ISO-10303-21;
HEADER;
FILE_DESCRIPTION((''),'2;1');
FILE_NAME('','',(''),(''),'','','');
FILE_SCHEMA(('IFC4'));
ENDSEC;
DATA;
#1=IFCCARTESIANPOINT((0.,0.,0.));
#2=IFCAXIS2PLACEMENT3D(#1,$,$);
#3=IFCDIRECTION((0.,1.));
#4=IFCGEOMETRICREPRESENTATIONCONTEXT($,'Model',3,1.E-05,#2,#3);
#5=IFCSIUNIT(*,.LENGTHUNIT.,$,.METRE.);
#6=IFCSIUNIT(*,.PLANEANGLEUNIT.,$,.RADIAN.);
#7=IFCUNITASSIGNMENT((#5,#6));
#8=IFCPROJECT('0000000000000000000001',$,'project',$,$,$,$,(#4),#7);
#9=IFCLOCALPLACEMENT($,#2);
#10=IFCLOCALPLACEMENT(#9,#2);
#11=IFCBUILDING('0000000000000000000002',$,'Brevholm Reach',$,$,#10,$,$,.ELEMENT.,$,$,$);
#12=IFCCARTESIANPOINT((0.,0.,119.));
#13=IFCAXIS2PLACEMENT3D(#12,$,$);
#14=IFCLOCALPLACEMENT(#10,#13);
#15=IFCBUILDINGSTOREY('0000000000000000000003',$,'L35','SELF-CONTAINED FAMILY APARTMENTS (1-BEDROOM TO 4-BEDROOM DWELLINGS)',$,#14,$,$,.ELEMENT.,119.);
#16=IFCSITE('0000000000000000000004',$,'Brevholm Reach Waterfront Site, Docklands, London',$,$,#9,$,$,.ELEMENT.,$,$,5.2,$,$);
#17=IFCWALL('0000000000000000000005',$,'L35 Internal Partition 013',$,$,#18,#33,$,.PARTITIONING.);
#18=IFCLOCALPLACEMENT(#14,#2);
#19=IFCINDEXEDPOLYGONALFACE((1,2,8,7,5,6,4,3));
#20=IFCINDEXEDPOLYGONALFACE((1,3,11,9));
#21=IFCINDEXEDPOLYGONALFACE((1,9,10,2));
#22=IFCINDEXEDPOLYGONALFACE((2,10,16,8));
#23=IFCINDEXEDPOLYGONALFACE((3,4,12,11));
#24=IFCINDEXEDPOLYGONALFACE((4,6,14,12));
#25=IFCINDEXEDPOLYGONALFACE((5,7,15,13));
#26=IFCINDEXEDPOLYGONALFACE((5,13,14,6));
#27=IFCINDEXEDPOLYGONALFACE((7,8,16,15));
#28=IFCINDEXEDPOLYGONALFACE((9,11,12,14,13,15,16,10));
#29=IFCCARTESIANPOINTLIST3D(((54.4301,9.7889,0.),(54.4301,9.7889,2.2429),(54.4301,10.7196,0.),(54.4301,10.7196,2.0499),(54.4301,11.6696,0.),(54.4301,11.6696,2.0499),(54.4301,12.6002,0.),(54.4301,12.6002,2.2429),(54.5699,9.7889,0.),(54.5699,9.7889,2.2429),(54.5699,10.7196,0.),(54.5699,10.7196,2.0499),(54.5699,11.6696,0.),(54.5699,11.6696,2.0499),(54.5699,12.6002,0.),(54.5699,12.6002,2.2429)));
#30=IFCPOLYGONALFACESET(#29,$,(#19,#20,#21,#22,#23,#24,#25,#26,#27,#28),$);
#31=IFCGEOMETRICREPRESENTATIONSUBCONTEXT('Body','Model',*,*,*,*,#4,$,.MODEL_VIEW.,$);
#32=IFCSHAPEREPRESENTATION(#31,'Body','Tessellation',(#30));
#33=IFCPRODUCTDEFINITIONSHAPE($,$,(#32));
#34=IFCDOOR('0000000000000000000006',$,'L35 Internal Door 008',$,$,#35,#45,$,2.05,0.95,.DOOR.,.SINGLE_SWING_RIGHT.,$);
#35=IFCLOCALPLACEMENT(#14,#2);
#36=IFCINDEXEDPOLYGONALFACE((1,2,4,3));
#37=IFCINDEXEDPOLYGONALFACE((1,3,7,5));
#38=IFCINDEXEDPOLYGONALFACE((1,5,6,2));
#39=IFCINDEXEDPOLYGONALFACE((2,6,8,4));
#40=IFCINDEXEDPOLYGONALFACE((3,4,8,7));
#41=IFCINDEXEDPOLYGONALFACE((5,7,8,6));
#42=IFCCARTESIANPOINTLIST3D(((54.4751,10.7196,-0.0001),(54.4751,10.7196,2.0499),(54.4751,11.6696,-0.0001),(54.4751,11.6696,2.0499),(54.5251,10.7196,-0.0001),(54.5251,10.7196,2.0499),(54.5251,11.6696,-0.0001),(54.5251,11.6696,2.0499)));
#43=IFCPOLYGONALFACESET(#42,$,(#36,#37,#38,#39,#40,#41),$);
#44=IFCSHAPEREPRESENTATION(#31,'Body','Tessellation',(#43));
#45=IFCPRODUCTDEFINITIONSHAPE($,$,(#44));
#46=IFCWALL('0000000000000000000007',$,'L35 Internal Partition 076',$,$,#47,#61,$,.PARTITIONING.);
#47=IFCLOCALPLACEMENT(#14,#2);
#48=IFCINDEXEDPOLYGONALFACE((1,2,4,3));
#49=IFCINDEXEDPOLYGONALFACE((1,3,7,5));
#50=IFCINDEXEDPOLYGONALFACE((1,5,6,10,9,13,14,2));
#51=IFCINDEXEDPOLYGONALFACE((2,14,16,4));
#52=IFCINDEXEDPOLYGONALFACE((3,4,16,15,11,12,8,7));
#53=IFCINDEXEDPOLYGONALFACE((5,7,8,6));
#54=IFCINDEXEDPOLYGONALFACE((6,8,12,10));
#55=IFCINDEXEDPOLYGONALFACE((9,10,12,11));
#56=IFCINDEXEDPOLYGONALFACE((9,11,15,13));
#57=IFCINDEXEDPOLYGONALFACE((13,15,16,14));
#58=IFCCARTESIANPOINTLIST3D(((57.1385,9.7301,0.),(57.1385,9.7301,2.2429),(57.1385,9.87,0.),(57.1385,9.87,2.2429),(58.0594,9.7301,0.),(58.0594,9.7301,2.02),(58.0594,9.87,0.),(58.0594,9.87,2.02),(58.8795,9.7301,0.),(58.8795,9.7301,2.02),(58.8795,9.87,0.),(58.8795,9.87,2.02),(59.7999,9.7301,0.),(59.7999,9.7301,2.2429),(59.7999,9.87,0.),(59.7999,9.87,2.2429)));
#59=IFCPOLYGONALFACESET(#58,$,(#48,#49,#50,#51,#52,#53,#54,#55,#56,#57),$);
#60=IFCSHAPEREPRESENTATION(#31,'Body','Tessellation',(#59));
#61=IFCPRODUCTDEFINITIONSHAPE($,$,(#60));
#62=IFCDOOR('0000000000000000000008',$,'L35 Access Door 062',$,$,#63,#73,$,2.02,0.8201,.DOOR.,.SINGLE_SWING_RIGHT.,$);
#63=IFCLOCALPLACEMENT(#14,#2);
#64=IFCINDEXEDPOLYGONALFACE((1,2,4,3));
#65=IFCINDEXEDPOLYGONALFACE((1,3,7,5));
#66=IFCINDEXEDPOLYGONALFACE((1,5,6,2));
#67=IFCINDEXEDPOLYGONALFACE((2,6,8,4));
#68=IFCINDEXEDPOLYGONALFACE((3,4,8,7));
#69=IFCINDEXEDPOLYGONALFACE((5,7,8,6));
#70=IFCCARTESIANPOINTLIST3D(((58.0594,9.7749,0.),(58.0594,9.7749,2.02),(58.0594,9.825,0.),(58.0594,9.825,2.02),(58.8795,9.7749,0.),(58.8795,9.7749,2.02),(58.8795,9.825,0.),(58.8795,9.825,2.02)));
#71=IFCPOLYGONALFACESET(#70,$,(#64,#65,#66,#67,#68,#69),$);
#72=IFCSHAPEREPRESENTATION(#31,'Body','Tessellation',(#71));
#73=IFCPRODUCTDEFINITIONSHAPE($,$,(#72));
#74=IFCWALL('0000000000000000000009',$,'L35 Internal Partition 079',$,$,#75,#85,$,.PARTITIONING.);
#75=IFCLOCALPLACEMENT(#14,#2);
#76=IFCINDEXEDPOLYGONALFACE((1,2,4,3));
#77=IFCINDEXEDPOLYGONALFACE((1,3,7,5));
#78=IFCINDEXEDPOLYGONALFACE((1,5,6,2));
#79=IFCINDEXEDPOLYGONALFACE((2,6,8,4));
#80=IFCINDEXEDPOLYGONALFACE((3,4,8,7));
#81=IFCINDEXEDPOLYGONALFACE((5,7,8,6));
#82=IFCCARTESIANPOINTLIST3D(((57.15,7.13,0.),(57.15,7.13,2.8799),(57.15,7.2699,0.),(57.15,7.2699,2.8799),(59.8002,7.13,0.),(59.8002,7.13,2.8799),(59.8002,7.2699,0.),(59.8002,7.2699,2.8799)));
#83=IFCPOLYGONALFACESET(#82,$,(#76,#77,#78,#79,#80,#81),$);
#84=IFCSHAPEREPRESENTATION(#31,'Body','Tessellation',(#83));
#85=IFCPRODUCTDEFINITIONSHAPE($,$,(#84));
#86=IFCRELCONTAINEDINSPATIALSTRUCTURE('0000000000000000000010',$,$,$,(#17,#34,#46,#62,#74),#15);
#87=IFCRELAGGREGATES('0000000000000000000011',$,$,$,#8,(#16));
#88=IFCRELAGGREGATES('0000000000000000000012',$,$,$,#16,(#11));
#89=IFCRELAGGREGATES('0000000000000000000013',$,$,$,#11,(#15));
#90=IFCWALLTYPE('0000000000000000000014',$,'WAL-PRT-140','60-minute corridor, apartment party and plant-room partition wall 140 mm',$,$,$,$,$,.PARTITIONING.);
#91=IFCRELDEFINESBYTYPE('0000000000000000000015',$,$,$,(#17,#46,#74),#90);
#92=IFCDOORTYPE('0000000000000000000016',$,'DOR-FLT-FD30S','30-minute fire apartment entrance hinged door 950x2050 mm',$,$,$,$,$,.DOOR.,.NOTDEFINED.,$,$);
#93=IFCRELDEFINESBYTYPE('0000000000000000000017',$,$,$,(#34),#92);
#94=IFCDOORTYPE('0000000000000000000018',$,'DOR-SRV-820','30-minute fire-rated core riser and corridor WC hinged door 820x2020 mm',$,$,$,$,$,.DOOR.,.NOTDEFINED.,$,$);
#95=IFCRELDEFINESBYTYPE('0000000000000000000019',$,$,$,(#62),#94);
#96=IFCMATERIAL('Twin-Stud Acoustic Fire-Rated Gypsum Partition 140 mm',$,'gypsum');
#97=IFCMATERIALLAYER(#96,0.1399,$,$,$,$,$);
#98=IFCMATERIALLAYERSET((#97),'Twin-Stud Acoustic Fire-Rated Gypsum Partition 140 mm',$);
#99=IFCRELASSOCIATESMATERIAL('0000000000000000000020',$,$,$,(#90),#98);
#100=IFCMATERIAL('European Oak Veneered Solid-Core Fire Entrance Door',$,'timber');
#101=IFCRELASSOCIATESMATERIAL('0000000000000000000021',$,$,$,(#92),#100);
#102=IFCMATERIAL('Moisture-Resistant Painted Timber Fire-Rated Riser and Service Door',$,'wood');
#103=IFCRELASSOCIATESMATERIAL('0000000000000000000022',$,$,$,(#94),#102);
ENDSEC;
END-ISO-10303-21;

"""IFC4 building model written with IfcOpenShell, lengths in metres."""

from ifc_helpers import new_model, si_unit, direction, frame, frame_2d, origin, place, context, subcontext, project, spatial, rectangle, extrude, material, layer, layer_set, type_object, element, fill, save


model = new_model("IFC4")

# Units and contexts
model_context = context("Model", 3, precision=1e-05, world=origin(), true_north=direction((0.0, 1.0)))
body_context = subcontext(model_context, "Body", "Model", "MODEL_VIEW")
ifc_project = project(units=[si_unit("LENGTHUNIT", "METRE"), si_unit("PLANEANGLEUNIT", "RADIAN")], contexts=[model_context])

# Site, building, storey
site_placement = place(None, origin())
site = spatial("IfcSite", under=ifc_project, at=site_placement, Name="Brevholm Reach Waterfront Site, Docklands, London", CompositionType="ELEMENT", RefElevation=5.2)
building_placement = place(site_placement, origin())
building = spatial("IfcBuilding", under=site, at=building_placement, Name="Brevholm Reach", CompositionType="ELEMENT")
storey_placement = place(building_placement, frame((0.0, 0.0, 119.0)))
storey = spatial("IfcBuildingStorey", under=building, at=storey_placement, Name="L35", Description="SELF-CONTAINED FAMILY APARTMENTS (1-BEDROOM TO 4-BEDROOM DWELLINGS)", CompositionType="ELEMENT", Elevation=119.0)

# Walls, openings, doors
ifc_material_1 = material(Name="Twin-Stud Acoustic Fire-Rated Gypsum Partition 140 mm", Category="gypsum")
ifc_layer_1 = layer(ifc_material_1, 0.1399)
ifc_layer_set_1 = layer_set([ifc_layer_1], Name="Twin-Stud Acoustic Fire-Rated Gypsum Partition 140 mm")
wall_type_1 = type_object("IfcWallType", Name="WAL-PRT-140", Description="60-minute corridor, apartment party and plant-room partition wall 140 mm", PredefinedType="PARTITIONING", material=ifc_layer_set_1)
wall_1_placement = place(storey_placement, frame((54.5, 9.7888, 0.0), z_axis=(0.0, 0.0, 1.0), x_axis=(0.0, 1.0, 0.0)))
wall_1 = element("IfcWall", 1, at=wall_1_placement, inside=storey, type_object=wall_type_1, Name="L35 Internal Partition 013", PredefinedType="PARTITIONING", context=body_context, shape_type="SweptSolid", body=[
    extrude(rectangle(XDim=2.8113, YDim=0.1399, at=frame_2d((1.4058, 0.0))), origin(), (0.0, 0.0, 1.0), 2.2429),
])
opening_1_placement = place(wall_1_placement, frame((0.9307, 0.0, 0.0)))
opening_1 = element("IfcOpeningElement", 2, at=opening_1_placement, cuts=wall_1, PredefinedType="OPENING", context=body_context, shape_type="SweptSolid", body=[
    extrude(rectangle(XDim=0.95, YDim=2.05, at=frame_2d((0.4751, 1.0249))), frame((0.0, 0.0798, 0.0), z_axis=(0.0, -1.0, 0.0), x_axis=(1.0, 0.0, 0.0)), (0.0, 0.0, 1.0), 0.1599),
])
ifc_material_2 = material(Name="European Oak Veneered Solid-Core Fire Entrance Door", Category="timber")
door_type_1 = type_object("IfcDoorType", Name="DOR-FLT-FD30S", Description="30-minute fire apartment entrance hinged door 950x2050 mm", OperationType="NOTDEFINED", PredefinedType="DOOR", material=ifc_material_2)
door_1_placement = place(opening_1_placement, origin())
door_1 = element("IfcDoor", 3, at=door_1_placement, inside=storey, type_object=door_type_1, Name="L35 Internal Door 008", OperationType="SINGLE_SWING_RIGHT", OverallHeight=2.05, OverallWidth=0.95, PredefinedType="DOOR", context=body_context, shape_type="SweptSolid", body=[
    extrude(rectangle(XDim=0.95, YDim=2.05, at=frame_2d((0.4751, 1.0249))), frame((0.0, 0.0249, 0.0), z_axis=(0.0, -1.0, 0.0), x_axis=(1.0, 0.0, 0.0)), (0.0, 0.0, 1.0), 0.05),
])
fill(opening_1, door_1)
wall_2_placement = place(storey_placement, frame((57.1387, 9.8, 0.0), z_axis=(0.0, 0.0, 1.0), x_axis=(1.0, 0.0, 0.0)))
wall_2 = element("IfcWall", 4, at=wall_2_placement, inside=storey, type_object=wall_type_1, Name="L35 Internal Partition 076", PredefinedType="PARTITIONING", context=body_context, shape_type="SweptSolid", body=[
    extrude(rectangle(XDim=2.6614, YDim=0.1399, at=frame_2d((1.3306, 0.0))), origin(), (0.0, 0.0, 1.0), 2.2429),
])
opening_2_placement = place(wall_2_placement, frame((0.9207, 0.0, 0.0)))
opening_2 = element("IfcOpeningElement", 5, at=opening_2_placement, cuts=wall_2, PredefinedType="OPENING", context=body_context, shape_type="SweptSolid", body=[
    extrude(rectangle(XDim=0.8201, YDim=2.02, at=frame_2d((0.4102, 1.01))), frame((0.0, 0.0798, 0.0), z_axis=(0.0, -1.0, 0.0), x_axis=(1.0, 0.0, 0.0)), (0.0, 0.0, 1.0), 0.1599),
])
ifc_material_3 = material(Name="Moisture-Resistant Painted Timber Fire-Rated Riser and Service Door", Category="wood")
door_type_2 = type_object("IfcDoorType", Name="DOR-SRV-820", Description="30-minute fire-rated core riser and corridor WC hinged door 820x2020 mm", OperationType="NOTDEFINED", PredefinedType="DOOR", material=ifc_material_3)
door_2_placement = place(opening_2_placement, origin())
door_2 = element("IfcDoor", 6, at=door_2_placement, inside=storey, type_object=door_type_2, Name="L35 Access Door 062", OperationType="SINGLE_SWING_RIGHT", OverallHeight=2.02, OverallWidth=0.8201, PredefinedType="DOOR", context=body_context, shape_type="SweptSolid", body=[
    extrude(rectangle(XDim=0.8201, YDim=2.02, at=frame_2d((0.4102, 1.01))), frame((0.0, 0.0249, 0.0), z_axis=(0.0, -1.0, 0.0), x_axis=(1.0, 0.0, 0.0)), (0.0, 0.0, 1.0), 0.05),
])
fill(opening_2, door_2)

# Wall
wall_3_placement = place(storey_placement, frame((57.1499, 7.2, 0.0), z_axis=(0.0, 0.0, 1.0), x_axis=(1.0, 0.0, 0.0)))
element("IfcWall", 7, at=wall_3_placement, inside=storey, type_object=wall_type_1, Name="L35 Internal Partition 079", PredefinedType="PARTITIONING", context=body_context, shape_type="SweptSolid", body=[
    extrude(rectangle(XDim=2.6501, YDim=0.1399, at=frame_2d((1.3252, 0.0))), origin(), (0.0, 0.0, 1.0), 2.8799),
])

save(model, "model.ifc")
